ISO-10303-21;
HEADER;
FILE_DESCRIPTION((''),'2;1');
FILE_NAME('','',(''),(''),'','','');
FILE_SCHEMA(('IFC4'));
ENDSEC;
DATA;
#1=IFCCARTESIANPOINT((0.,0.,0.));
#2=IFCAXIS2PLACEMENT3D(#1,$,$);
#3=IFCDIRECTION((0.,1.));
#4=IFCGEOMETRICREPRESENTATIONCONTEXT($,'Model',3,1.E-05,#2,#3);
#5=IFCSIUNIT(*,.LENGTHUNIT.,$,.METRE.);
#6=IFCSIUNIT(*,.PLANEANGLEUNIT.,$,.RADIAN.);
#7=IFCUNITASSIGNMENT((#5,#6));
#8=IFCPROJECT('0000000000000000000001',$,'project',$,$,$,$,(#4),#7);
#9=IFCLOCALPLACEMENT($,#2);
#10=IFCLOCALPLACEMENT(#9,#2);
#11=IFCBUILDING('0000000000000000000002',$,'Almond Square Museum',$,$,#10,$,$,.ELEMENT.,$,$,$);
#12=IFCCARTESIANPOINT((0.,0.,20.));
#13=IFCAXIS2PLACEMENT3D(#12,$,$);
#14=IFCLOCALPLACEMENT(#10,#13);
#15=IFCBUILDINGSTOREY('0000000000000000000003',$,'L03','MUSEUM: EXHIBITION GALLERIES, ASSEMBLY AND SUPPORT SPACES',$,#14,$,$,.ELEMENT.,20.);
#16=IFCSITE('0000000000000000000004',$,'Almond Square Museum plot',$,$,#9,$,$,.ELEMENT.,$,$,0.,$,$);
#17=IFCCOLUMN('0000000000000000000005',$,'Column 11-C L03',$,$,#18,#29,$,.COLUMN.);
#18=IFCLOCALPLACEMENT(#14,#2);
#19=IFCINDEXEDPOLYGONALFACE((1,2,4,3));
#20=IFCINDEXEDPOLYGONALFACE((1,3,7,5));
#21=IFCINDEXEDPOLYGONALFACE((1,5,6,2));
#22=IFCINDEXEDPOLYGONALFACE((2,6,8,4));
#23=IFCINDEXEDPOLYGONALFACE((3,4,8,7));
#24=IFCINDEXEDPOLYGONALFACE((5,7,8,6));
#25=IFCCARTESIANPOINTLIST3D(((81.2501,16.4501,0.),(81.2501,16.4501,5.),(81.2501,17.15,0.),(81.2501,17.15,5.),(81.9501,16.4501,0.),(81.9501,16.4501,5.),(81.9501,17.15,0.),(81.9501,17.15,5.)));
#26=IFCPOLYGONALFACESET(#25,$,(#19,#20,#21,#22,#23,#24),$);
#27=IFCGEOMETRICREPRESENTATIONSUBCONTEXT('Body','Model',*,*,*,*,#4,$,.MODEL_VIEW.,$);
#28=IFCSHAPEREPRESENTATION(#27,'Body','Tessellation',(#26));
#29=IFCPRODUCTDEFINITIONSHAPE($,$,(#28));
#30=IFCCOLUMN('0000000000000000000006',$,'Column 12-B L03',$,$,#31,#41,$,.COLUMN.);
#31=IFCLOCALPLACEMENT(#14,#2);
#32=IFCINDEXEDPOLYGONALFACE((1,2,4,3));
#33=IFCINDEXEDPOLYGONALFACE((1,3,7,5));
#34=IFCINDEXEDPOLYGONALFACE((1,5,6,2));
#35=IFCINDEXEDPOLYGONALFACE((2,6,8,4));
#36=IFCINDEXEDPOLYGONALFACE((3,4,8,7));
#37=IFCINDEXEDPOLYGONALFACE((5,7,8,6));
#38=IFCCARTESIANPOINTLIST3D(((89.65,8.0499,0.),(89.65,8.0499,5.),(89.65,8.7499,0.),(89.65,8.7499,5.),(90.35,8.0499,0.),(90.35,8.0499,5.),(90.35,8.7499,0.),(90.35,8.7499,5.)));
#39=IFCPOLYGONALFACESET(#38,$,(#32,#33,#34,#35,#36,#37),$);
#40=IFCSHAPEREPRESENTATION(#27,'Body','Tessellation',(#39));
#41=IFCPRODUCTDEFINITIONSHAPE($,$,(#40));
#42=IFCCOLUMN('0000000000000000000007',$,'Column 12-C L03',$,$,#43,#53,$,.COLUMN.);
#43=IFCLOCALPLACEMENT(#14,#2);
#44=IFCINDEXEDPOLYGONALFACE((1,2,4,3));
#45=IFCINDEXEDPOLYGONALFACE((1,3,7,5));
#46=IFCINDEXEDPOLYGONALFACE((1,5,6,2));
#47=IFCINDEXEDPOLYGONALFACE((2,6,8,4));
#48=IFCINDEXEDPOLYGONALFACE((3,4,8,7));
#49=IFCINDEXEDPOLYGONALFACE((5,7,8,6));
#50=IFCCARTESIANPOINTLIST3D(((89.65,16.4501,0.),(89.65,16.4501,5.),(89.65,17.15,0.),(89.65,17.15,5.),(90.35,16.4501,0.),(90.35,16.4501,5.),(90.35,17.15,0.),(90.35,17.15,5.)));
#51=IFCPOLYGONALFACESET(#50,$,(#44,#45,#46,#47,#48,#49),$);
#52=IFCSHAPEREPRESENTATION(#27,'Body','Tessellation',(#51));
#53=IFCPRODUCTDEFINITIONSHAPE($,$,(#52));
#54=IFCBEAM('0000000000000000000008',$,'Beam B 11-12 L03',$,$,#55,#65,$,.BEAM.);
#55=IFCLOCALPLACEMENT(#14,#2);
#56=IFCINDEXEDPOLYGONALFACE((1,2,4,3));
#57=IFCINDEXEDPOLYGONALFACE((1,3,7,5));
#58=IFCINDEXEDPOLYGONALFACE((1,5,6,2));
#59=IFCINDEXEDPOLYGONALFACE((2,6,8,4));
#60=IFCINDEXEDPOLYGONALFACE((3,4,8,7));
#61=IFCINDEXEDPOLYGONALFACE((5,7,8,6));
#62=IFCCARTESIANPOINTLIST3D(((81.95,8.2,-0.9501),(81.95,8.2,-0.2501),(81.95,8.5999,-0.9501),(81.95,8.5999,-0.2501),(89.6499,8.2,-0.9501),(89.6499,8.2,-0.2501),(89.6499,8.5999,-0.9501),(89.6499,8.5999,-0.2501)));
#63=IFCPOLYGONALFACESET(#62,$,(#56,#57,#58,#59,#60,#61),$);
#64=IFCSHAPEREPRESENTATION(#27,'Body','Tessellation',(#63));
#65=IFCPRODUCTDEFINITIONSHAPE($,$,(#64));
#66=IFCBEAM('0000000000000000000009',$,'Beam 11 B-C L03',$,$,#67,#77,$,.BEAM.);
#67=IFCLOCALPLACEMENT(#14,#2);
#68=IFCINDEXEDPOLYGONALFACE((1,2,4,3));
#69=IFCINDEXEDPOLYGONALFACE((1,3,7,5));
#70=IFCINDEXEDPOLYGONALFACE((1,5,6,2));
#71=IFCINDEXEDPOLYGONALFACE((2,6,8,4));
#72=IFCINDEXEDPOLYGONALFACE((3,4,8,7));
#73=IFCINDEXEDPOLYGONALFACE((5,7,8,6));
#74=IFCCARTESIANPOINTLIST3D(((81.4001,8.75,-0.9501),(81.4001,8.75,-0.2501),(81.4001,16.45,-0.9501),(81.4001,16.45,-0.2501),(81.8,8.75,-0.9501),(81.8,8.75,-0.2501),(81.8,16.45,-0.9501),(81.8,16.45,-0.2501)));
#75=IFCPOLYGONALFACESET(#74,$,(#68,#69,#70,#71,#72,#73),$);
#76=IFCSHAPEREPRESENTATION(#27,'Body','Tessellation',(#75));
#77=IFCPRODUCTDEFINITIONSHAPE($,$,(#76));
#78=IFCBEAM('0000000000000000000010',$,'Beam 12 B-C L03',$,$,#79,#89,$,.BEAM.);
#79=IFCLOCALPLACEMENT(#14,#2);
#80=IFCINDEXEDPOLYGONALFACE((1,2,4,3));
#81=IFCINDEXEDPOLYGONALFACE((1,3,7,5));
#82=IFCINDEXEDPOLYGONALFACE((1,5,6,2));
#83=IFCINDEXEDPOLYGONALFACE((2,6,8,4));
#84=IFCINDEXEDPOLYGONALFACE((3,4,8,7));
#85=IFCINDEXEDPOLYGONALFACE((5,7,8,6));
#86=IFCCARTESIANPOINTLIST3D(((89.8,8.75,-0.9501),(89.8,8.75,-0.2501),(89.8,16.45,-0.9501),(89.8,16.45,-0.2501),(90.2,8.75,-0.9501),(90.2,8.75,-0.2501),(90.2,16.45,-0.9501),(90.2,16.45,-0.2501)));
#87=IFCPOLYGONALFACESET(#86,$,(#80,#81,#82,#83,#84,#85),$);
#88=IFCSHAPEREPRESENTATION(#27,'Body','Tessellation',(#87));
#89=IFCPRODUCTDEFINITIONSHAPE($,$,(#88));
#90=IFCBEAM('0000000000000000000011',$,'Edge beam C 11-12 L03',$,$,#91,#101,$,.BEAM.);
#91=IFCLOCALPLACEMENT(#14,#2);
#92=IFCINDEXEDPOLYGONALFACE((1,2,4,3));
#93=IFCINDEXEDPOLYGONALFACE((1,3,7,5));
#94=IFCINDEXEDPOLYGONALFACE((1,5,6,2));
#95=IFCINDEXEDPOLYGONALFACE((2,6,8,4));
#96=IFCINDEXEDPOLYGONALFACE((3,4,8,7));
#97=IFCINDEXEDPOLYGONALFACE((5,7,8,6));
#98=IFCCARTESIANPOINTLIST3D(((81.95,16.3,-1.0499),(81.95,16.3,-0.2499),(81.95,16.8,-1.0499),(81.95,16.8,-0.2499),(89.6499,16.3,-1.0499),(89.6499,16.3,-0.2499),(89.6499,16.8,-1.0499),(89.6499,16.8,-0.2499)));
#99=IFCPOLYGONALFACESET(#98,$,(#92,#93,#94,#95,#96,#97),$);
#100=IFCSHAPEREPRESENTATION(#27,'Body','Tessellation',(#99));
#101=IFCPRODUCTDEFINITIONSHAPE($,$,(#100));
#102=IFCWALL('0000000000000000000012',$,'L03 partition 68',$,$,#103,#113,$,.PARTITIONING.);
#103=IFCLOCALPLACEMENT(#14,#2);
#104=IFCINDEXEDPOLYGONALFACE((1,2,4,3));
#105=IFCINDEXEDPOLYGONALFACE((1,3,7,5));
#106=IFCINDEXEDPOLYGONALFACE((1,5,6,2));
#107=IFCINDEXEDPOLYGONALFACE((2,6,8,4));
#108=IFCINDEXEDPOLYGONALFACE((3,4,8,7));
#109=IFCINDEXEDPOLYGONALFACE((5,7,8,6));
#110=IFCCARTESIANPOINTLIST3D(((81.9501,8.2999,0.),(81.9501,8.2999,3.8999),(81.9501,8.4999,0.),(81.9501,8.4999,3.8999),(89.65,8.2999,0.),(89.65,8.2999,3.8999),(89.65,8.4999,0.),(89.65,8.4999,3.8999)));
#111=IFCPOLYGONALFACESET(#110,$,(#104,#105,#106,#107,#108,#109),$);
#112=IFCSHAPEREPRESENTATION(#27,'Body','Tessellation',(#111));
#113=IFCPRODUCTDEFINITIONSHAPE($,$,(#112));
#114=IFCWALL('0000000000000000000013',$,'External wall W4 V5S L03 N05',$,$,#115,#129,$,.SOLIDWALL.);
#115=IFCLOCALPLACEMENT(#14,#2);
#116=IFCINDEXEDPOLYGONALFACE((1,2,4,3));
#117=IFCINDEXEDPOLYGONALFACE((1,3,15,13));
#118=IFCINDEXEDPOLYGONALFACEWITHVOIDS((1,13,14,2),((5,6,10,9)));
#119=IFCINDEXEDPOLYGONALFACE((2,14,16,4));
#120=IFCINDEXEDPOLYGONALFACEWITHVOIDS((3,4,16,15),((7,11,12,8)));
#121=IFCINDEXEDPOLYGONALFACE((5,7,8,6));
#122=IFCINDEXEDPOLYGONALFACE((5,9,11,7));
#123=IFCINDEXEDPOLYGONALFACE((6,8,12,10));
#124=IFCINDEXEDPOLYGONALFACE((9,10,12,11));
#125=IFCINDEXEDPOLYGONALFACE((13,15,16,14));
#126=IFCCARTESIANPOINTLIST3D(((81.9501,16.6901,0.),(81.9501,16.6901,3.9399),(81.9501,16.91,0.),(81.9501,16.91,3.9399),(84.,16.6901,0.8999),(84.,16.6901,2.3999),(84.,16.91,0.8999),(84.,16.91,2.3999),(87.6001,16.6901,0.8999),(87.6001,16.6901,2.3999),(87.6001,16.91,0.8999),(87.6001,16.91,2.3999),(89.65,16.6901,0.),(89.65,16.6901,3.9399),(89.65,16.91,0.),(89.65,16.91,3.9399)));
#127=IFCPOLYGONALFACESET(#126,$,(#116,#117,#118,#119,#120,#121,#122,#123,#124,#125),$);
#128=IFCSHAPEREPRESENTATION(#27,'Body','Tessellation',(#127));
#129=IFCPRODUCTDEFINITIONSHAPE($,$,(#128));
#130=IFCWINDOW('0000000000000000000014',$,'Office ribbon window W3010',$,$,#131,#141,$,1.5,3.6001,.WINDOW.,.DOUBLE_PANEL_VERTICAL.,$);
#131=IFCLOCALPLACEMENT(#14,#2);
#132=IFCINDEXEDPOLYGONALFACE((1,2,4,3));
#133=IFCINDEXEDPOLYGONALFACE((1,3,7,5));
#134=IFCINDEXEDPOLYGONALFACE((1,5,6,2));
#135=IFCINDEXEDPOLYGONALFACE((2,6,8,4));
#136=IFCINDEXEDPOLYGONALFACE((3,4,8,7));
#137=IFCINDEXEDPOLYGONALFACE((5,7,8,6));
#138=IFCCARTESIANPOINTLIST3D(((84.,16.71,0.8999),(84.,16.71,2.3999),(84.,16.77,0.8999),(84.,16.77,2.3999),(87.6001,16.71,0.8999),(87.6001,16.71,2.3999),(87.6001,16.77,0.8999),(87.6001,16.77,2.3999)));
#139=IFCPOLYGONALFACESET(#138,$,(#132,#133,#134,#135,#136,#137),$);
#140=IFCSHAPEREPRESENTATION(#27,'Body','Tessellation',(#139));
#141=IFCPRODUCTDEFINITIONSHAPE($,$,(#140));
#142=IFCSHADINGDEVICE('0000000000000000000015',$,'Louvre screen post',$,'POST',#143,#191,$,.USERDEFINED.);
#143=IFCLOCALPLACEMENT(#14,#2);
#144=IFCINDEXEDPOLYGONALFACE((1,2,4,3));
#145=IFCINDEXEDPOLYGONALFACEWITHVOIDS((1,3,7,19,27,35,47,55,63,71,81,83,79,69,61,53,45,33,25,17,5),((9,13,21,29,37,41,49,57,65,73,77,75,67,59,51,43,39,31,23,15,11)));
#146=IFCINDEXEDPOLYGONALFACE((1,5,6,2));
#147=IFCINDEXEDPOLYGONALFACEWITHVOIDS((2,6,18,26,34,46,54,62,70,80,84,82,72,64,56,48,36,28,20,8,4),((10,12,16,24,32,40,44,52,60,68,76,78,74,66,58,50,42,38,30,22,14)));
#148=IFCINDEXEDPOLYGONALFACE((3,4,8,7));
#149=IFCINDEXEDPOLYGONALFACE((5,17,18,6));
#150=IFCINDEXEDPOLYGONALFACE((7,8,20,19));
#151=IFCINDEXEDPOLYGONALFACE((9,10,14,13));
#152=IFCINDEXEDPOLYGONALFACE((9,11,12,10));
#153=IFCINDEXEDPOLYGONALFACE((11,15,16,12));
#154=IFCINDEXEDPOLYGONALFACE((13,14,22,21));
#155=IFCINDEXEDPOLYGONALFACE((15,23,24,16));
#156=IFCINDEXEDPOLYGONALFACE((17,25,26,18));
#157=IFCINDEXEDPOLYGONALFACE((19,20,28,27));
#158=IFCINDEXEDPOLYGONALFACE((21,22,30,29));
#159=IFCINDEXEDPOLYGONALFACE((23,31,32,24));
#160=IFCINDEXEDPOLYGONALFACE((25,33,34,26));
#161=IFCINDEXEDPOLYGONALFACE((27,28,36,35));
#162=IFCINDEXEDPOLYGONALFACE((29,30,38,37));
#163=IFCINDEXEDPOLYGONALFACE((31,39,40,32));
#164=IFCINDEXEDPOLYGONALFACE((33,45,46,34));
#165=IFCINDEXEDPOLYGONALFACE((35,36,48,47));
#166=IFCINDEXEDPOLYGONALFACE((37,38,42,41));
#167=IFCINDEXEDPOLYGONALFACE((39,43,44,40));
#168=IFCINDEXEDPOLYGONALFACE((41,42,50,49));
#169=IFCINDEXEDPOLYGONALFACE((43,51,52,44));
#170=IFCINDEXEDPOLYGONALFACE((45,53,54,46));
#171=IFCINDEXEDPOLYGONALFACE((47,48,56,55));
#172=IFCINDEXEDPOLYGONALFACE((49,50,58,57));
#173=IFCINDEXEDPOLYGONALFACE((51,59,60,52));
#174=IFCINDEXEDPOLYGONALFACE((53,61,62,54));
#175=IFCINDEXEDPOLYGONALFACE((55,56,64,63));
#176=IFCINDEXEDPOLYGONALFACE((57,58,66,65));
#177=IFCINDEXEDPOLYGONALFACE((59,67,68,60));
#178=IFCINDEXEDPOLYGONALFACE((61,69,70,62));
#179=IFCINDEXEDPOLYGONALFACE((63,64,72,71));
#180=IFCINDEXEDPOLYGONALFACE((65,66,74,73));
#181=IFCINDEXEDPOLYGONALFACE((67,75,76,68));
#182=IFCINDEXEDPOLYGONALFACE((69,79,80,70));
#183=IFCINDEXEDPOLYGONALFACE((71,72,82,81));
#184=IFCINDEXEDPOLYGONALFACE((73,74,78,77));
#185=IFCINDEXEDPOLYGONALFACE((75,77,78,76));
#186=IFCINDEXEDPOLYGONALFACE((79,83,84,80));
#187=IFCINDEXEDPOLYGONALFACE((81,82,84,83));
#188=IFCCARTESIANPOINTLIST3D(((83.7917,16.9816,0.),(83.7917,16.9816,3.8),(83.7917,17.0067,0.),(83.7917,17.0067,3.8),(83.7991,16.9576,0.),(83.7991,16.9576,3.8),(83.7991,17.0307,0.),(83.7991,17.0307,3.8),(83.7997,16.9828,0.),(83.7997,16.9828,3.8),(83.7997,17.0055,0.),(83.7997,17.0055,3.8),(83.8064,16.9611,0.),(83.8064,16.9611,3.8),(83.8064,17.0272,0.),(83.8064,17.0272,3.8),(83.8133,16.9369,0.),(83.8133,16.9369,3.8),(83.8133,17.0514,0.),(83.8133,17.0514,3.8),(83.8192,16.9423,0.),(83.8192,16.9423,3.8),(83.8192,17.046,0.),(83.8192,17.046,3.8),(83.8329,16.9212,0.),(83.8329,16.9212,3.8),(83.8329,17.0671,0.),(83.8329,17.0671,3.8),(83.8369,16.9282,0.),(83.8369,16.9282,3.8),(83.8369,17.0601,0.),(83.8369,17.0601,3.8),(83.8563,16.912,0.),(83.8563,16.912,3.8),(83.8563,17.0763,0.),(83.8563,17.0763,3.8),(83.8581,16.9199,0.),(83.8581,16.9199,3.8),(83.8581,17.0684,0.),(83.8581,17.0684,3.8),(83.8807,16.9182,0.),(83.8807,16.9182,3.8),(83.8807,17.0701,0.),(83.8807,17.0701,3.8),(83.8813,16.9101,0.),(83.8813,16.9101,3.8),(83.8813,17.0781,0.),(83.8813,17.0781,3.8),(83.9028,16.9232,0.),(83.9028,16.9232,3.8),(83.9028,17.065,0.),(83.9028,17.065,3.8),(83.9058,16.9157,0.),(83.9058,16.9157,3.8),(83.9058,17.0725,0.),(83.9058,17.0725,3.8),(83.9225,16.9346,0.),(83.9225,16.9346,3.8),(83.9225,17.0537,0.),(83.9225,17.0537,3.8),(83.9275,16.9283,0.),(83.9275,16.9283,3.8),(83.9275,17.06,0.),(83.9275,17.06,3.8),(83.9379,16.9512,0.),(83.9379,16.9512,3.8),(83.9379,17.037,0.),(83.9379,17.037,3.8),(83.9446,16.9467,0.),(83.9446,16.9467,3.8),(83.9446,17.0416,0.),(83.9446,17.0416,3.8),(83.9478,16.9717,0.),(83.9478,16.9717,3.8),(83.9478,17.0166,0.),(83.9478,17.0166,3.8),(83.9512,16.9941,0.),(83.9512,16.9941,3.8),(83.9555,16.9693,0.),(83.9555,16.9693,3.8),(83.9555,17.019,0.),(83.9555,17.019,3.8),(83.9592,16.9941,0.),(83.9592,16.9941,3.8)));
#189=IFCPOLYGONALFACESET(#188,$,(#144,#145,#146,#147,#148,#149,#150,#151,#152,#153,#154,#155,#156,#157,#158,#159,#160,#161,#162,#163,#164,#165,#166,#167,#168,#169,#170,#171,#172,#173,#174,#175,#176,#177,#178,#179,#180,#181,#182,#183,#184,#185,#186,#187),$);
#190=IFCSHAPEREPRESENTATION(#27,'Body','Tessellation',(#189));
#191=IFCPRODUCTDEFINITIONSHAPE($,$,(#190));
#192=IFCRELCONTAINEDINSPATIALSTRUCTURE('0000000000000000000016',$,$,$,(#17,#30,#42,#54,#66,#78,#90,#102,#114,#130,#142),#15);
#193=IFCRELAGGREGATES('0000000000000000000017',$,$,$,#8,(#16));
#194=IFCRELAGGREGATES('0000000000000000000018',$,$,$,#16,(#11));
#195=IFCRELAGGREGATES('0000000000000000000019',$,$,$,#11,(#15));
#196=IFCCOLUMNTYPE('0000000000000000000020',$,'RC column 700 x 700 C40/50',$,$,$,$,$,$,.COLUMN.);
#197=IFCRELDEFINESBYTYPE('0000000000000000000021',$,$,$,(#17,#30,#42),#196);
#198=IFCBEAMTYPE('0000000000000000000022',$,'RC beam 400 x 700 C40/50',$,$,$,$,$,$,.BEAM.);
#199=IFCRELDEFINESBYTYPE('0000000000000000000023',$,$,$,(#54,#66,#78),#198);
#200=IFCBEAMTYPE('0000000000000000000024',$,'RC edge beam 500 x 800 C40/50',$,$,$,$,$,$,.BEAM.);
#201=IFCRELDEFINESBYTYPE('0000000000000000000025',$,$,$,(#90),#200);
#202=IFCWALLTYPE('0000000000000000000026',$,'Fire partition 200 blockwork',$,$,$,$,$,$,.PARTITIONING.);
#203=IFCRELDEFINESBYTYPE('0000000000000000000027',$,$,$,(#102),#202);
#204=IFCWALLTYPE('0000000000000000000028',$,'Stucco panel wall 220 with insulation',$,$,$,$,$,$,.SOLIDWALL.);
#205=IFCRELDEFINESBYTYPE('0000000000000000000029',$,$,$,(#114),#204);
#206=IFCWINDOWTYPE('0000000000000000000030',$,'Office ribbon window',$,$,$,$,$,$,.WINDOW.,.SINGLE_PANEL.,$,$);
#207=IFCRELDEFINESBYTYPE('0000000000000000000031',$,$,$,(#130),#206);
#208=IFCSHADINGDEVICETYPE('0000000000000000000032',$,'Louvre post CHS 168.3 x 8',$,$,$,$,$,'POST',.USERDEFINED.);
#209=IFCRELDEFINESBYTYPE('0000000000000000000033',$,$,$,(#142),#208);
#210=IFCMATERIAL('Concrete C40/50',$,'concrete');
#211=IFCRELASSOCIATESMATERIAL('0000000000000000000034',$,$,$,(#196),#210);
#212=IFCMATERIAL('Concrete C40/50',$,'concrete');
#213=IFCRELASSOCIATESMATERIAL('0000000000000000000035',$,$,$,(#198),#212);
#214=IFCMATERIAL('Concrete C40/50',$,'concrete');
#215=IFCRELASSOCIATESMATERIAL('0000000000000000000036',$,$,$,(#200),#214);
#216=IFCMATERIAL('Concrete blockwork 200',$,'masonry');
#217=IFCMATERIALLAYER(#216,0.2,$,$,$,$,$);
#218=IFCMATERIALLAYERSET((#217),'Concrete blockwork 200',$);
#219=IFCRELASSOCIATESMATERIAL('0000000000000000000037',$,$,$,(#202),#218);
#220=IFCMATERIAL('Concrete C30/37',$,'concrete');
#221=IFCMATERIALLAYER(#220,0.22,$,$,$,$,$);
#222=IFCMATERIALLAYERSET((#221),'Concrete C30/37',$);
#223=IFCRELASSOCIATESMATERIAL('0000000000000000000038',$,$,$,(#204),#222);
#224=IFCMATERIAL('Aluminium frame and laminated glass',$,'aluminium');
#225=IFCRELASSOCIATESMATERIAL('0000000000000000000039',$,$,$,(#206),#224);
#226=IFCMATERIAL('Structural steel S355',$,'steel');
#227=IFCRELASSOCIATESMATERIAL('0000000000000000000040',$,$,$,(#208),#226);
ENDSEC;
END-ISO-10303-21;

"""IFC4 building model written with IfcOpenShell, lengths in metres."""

from ifc_helpers import new_model, si_unit, direction, frame, frame_2d, origin, origin_2d, place, context, subcontext, project, spatial, rectangle, hollow_circle, extrude, material, layer, layer_set, material_profile, profile_set, type_object, element, fill, save


model = new_model("IFC4")

# Units and contexts
model_context = context("Model", 3, precision=1e-05, world=origin(), true_north=direction((0.0, 1.0)))
body_context = subcontext(model_context, "Body", "Model", "MODEL_VIEW")
ifc_project = project(units=[si_unit("LENGTHUNIT", "METRE"), si_unit("PLANEANGLEUNIT", "RADIAN")], contexts=[model_context])

# Site, building, storey
site_placement = place(None, origin())
site = spatial("IfcSite", under=ifc_project, at=site_placement, Name="Almond Square Museum plot", CompositionType="ELEMENT", RefElevation=0.0)
building_placement = place(site_placement, origin())
building = spatial("IfcBuilding", under=site, at=building_placement, Name="Almond Square Museum", CompositionType="ELEMENT")
storey_placement = place(building_placement, frame((0.0, 0.0, 20.0)))
storey = spatial("IfcBuildingStorey", under=building, at=storey_placement, Name="L03", Description="MUSEUM: EXHIBITION GALLERIES, ASSEMBLY AND SUPPORT SPACES", CompositionType="ELEMENT", Elevation=20.0)

# Columns
ifc_material_1 = material(Name="Concrete C40/50", Category="concrete")
ifc_material_profile_1 = material_profile(ifc_material_1, rectangle(XDim=0.7, YDim=0.7, at=origin_2d()))
ifc_profile_set_1 = profile_set([ifc_material_profile_1], Name="Concrete C40/50")
column_type = type_object("IfcColumnType", Name="RC column 700 x 700 C40/50", PredefinedType="COLUMN", material=ifc_profile_set_1)
for number, where, z_axis, x_axis, name in (
    (1, (81.6001, 16.8, 0.0), (0.0, 0.0, 1.0), (1.0, 0.0, 0.0), "Column 11-C L03"),
    (2, (90.0, 8.3999, 0.0), (0.0, 0.0, 1.0), (1.0, 0.0, 0.0), "Column 12-B L03"),
    (3, (90.0, 16.8, 0.0), (0.0, 0.0, 1.0), (1.0, 0.0, 0.0), "Column 12-C L03"),
):
    element("IfcColumn", number, at=place(storey_placement, frame(where, z_axis=z_axis, x_axis=x_axis)), inside=storey, type_object=column_type, Name=name, PredefinedType="COLUMN", context=body_context, shape_type="SweptSolid", body=[
        extrude(rectangle(XDim=0.7, YDim=0.7, at=origin_2d()), origin(), (0.0, 0.0, 1.0), 5.0),
    ])

# Beams
ifc_material_2 = material(Name="Concrete C40/50", Category="concrete")
ifc_material_profile_2 = material_profile(ifc_material_2, rectangle(XDim=0.3999, YDim=0.7, at=origin_2d()))
ifc_profile_set_2 = profile_set([ifc_material_profile_2], Name="Concrete C40/50")
beam_type_1 = type_object("IfcBeamType", Name="RC beam 400 x 700 C40/50", PredefinedType="BEAM", material=ifc_profile_set_2)
for number, where, z_axis, x_axis, name in (
    (4, (81.95, 8.3999, -0.6001), (1.0, 0.0, 0.0), (0.0, 1.0, 0.0), "Beam B 11-12 L03"),
    (5, (81.6001, 8.75, -0.6001), (0.0, 1.0, 0.0), (-1.0, 0.0, 0.0), "Beam 11 B-C L03"),
    (6, (90.0, 8.75, -0.6001), (0.0, 1.0, 0.0), (-1.0, 0.0, 0.0), "Beam 12 B-C L03"),
):
    element("IfcBeam", number, at=place(storey_placement, frame(where, z_axis=z_axis, x_axis=x_axis)), inside=storey, type_object=beam_type_1, Name=name, PredefinedType="BEAM", context=body_context, shape_type="SweptSolid", body=[
        extrude(rectangle(XDim=0.3999, YDim=0.7, at=origin_2d()), origin(), (0.0, 0.0, 1.0), 7.7),
    ])
ifc_material_3 = material(Name="Concrete C40/50", Category="concrete")
ifc_material_profile_3 = material_profile(ifc_material_3, rectangle(XDim=0.5, YDim=0.8, at=origin_2d()))
ifc_profile_set_3 = profile_set([ifc_material_profile_3], Name="Concrete C40/50")
beam_type_2 = type_object("IfcBeamType", Name="RC edge beam 500 x 800 C40/50", PredefinedType="BEAM", material=ifc_profile_set_3)
beam_placement = place(storey_placement, frame((81.95, 16.55, -0.6499), z_axis=(1.0, 0.0, 0.0), x_axis=(0.0, 1.0, 0.0)))
element("IfcBeam", 7, at=beam_placement, inside=storey, type_object=beam_type_2, Name="Edge beam C 11-12 L03", PredefinedType="BEAM", context=body_context, shape_type="SweptSolid", body=[
    extrude(rectangle(XDim=0.5, YDim=0.8, at=origin_2d()), origin(), (0.0, 0.0, 1.0), 7.7),
])

# Wall
ifc_material_4 = material(Name="Concrete blockwork 200", Category="masonry")
ifc_layer_1 = layer(ifc_material_4, 0.2)
ifc_layer_set_1 = layer_set([ifc_layer_1], Name="Concrete blockwork 200")
wall_type_1 = type_object("IfcWallType", Name="Fire partition 200 blockwork", PredefinedType="PARTITIONING", material=ifc_layer_set_1)
wall_1_placement = place(storey_placement, frame((81.95, 8.3999, 0.0), z_axis=(0.0, 0.0, 1.0), x_axis=(1.0, 0.0, 0.0)))
element("IfcWall", 8, at=wall_1_placement, inside=storey, type_object=wall_type_1, Name="L03 partition 68", PredefinedType="PARTITIONING", context=body_context, shape_type="SweptSolid", body=[
    extrude(rectangle(XDim=7.7, YDim=0.2, at=frame_2d((3.8501, 0.0))), origin(), (0.0, 0.0, 1.0), 3.8999),
])

# Wall, opening, window
ifc_material_5 = material(Name="Concrete C30/37", Category="concrete")
ifc_layer_2 = layer(ifc_material_5, 0.22)
ifc_layer_set_2 = layer_set([ifc_layer_2], Name="Concrete C30/37")
wall_type_2 = type_object("IfcWallType", Name="Stucco panel wall 220 with insulation", PredefinedType="SOLIDWALL", material=ifc_layer_set_2)
wall_2_placement = place(storey_placement, frame((81.95, 16.8, 0.0), z_axis=(0.0, 0.0, 1.0), x_axis=(1.0, 0.0, 0.0)))
wall_2 = element("IfcWall", 9, at=wall_2_placement, inside=storey, type_object=wall_type_2, Name="External wall W4 V5S L03 N05", PredefinedType="SOLIDWALL", context=body_context, shape_type="SweptSolid", body=[
    extrude(rectangle(XDim=7.7, YDim=0.22, at=frame_2d((3.8501, 0.0))), origin(), (0.0, 0.0, 1.0), 3.9399),
])
opening_placement = place(wall_2_placement, frame((2.05, 0.0, 0.8999)))
opening = element("IfcOpeningElement", 10, at=opening_placement, cuts=wall_2, PredefinedType="OPENING", context=body_context, shape_type="SweptSolid", body=[
    extrude(rectangle(XDim=3.6001, YDim=1.5, at=frame_2d((1.8, 0.75))), frame((0.0, 0.1199, 0.0), z_axis=(0.0, -1.0, 0.0), x_axis=(1.0, 0.0, 0.0)), (0.0, 0.0, 1.0), 0.24),
])
ifc_material_6 = material(Name="Aluminium frame and laminated glass", Category="aluminium")
window_type = type_object("IfcWindowType", Name="Office ribbon window", PartitioningType="SINGLE_PANEL", PredefinedType="WINDOW", material=ifc_material_6)
window_placement = place(opening_placement, origin())
window = element("IfcWindow", 11, at=window_placement, inside=storey, type_object=window_type, Name="Office ribbon window W3010", OverallHeight=1.5, OverallWidth=3.6001, PartitioningType="DOUBLE_PANEL_VERTICAL", PredefinedType="WINDOW", context=body_context, shape_type="SweptSolid", body=[
    extrude(rectangle(XDim=3.6001, YDim=1.5, at=frame_2d((1.8, 0.75))), frame((0.0, -0.03, 0.0), z_axis=(0.0, -1.0, 0.0), x_axis=(1.0, 0.0, 0.0)), (0.0, 0.0, 1.0), 0.0601),
])
fill(opening, window)

# Shading device
ifc_material_7 = material(Name="Structural steel S355", Category="steel")
ifc_material_profile_4 = material_profile(ifc_material_7, hollow_circle(Radius=0.0842, WallThickness=0.0081, at=origin_2d()))
ifc_profile_set_4 = profile_set([ifc_material_profile_4], Name="Structural steel S355")
shading_device_type = type_object("IfcShadingDeviceType", Name="Louvre post CHS 168.3 x 8", ElementType="POST", PredefinedType="USERDEFINED", material=ifc_profile_set_4)
for number, where, z_axis, x_axis, name in (
    (12, (83.875, 16.9941, 0.0), (0.0, 0.0, 1.0), (1.0, 0.0, 0.0), "Louvre screen post"),
):
    element("IfcShadingDevice", number, at=place(storey_placement, frame(where, z_axis=z_axis, x_axis=x_axis)), inside=storey, type_object=shading_device_type, Name=name, ObjectType="POST", PredefinedType="USERDEFINED", context=body_context, shape_type="SweptSolid", body=[
        extrude(hollow_circle(Radius=0.0842, WallThickness=0.0081, at=origin_2d()), origin(), (0.0, 0.0, 1.0), 3.8),
    ])

save(model, "model.ifc")
